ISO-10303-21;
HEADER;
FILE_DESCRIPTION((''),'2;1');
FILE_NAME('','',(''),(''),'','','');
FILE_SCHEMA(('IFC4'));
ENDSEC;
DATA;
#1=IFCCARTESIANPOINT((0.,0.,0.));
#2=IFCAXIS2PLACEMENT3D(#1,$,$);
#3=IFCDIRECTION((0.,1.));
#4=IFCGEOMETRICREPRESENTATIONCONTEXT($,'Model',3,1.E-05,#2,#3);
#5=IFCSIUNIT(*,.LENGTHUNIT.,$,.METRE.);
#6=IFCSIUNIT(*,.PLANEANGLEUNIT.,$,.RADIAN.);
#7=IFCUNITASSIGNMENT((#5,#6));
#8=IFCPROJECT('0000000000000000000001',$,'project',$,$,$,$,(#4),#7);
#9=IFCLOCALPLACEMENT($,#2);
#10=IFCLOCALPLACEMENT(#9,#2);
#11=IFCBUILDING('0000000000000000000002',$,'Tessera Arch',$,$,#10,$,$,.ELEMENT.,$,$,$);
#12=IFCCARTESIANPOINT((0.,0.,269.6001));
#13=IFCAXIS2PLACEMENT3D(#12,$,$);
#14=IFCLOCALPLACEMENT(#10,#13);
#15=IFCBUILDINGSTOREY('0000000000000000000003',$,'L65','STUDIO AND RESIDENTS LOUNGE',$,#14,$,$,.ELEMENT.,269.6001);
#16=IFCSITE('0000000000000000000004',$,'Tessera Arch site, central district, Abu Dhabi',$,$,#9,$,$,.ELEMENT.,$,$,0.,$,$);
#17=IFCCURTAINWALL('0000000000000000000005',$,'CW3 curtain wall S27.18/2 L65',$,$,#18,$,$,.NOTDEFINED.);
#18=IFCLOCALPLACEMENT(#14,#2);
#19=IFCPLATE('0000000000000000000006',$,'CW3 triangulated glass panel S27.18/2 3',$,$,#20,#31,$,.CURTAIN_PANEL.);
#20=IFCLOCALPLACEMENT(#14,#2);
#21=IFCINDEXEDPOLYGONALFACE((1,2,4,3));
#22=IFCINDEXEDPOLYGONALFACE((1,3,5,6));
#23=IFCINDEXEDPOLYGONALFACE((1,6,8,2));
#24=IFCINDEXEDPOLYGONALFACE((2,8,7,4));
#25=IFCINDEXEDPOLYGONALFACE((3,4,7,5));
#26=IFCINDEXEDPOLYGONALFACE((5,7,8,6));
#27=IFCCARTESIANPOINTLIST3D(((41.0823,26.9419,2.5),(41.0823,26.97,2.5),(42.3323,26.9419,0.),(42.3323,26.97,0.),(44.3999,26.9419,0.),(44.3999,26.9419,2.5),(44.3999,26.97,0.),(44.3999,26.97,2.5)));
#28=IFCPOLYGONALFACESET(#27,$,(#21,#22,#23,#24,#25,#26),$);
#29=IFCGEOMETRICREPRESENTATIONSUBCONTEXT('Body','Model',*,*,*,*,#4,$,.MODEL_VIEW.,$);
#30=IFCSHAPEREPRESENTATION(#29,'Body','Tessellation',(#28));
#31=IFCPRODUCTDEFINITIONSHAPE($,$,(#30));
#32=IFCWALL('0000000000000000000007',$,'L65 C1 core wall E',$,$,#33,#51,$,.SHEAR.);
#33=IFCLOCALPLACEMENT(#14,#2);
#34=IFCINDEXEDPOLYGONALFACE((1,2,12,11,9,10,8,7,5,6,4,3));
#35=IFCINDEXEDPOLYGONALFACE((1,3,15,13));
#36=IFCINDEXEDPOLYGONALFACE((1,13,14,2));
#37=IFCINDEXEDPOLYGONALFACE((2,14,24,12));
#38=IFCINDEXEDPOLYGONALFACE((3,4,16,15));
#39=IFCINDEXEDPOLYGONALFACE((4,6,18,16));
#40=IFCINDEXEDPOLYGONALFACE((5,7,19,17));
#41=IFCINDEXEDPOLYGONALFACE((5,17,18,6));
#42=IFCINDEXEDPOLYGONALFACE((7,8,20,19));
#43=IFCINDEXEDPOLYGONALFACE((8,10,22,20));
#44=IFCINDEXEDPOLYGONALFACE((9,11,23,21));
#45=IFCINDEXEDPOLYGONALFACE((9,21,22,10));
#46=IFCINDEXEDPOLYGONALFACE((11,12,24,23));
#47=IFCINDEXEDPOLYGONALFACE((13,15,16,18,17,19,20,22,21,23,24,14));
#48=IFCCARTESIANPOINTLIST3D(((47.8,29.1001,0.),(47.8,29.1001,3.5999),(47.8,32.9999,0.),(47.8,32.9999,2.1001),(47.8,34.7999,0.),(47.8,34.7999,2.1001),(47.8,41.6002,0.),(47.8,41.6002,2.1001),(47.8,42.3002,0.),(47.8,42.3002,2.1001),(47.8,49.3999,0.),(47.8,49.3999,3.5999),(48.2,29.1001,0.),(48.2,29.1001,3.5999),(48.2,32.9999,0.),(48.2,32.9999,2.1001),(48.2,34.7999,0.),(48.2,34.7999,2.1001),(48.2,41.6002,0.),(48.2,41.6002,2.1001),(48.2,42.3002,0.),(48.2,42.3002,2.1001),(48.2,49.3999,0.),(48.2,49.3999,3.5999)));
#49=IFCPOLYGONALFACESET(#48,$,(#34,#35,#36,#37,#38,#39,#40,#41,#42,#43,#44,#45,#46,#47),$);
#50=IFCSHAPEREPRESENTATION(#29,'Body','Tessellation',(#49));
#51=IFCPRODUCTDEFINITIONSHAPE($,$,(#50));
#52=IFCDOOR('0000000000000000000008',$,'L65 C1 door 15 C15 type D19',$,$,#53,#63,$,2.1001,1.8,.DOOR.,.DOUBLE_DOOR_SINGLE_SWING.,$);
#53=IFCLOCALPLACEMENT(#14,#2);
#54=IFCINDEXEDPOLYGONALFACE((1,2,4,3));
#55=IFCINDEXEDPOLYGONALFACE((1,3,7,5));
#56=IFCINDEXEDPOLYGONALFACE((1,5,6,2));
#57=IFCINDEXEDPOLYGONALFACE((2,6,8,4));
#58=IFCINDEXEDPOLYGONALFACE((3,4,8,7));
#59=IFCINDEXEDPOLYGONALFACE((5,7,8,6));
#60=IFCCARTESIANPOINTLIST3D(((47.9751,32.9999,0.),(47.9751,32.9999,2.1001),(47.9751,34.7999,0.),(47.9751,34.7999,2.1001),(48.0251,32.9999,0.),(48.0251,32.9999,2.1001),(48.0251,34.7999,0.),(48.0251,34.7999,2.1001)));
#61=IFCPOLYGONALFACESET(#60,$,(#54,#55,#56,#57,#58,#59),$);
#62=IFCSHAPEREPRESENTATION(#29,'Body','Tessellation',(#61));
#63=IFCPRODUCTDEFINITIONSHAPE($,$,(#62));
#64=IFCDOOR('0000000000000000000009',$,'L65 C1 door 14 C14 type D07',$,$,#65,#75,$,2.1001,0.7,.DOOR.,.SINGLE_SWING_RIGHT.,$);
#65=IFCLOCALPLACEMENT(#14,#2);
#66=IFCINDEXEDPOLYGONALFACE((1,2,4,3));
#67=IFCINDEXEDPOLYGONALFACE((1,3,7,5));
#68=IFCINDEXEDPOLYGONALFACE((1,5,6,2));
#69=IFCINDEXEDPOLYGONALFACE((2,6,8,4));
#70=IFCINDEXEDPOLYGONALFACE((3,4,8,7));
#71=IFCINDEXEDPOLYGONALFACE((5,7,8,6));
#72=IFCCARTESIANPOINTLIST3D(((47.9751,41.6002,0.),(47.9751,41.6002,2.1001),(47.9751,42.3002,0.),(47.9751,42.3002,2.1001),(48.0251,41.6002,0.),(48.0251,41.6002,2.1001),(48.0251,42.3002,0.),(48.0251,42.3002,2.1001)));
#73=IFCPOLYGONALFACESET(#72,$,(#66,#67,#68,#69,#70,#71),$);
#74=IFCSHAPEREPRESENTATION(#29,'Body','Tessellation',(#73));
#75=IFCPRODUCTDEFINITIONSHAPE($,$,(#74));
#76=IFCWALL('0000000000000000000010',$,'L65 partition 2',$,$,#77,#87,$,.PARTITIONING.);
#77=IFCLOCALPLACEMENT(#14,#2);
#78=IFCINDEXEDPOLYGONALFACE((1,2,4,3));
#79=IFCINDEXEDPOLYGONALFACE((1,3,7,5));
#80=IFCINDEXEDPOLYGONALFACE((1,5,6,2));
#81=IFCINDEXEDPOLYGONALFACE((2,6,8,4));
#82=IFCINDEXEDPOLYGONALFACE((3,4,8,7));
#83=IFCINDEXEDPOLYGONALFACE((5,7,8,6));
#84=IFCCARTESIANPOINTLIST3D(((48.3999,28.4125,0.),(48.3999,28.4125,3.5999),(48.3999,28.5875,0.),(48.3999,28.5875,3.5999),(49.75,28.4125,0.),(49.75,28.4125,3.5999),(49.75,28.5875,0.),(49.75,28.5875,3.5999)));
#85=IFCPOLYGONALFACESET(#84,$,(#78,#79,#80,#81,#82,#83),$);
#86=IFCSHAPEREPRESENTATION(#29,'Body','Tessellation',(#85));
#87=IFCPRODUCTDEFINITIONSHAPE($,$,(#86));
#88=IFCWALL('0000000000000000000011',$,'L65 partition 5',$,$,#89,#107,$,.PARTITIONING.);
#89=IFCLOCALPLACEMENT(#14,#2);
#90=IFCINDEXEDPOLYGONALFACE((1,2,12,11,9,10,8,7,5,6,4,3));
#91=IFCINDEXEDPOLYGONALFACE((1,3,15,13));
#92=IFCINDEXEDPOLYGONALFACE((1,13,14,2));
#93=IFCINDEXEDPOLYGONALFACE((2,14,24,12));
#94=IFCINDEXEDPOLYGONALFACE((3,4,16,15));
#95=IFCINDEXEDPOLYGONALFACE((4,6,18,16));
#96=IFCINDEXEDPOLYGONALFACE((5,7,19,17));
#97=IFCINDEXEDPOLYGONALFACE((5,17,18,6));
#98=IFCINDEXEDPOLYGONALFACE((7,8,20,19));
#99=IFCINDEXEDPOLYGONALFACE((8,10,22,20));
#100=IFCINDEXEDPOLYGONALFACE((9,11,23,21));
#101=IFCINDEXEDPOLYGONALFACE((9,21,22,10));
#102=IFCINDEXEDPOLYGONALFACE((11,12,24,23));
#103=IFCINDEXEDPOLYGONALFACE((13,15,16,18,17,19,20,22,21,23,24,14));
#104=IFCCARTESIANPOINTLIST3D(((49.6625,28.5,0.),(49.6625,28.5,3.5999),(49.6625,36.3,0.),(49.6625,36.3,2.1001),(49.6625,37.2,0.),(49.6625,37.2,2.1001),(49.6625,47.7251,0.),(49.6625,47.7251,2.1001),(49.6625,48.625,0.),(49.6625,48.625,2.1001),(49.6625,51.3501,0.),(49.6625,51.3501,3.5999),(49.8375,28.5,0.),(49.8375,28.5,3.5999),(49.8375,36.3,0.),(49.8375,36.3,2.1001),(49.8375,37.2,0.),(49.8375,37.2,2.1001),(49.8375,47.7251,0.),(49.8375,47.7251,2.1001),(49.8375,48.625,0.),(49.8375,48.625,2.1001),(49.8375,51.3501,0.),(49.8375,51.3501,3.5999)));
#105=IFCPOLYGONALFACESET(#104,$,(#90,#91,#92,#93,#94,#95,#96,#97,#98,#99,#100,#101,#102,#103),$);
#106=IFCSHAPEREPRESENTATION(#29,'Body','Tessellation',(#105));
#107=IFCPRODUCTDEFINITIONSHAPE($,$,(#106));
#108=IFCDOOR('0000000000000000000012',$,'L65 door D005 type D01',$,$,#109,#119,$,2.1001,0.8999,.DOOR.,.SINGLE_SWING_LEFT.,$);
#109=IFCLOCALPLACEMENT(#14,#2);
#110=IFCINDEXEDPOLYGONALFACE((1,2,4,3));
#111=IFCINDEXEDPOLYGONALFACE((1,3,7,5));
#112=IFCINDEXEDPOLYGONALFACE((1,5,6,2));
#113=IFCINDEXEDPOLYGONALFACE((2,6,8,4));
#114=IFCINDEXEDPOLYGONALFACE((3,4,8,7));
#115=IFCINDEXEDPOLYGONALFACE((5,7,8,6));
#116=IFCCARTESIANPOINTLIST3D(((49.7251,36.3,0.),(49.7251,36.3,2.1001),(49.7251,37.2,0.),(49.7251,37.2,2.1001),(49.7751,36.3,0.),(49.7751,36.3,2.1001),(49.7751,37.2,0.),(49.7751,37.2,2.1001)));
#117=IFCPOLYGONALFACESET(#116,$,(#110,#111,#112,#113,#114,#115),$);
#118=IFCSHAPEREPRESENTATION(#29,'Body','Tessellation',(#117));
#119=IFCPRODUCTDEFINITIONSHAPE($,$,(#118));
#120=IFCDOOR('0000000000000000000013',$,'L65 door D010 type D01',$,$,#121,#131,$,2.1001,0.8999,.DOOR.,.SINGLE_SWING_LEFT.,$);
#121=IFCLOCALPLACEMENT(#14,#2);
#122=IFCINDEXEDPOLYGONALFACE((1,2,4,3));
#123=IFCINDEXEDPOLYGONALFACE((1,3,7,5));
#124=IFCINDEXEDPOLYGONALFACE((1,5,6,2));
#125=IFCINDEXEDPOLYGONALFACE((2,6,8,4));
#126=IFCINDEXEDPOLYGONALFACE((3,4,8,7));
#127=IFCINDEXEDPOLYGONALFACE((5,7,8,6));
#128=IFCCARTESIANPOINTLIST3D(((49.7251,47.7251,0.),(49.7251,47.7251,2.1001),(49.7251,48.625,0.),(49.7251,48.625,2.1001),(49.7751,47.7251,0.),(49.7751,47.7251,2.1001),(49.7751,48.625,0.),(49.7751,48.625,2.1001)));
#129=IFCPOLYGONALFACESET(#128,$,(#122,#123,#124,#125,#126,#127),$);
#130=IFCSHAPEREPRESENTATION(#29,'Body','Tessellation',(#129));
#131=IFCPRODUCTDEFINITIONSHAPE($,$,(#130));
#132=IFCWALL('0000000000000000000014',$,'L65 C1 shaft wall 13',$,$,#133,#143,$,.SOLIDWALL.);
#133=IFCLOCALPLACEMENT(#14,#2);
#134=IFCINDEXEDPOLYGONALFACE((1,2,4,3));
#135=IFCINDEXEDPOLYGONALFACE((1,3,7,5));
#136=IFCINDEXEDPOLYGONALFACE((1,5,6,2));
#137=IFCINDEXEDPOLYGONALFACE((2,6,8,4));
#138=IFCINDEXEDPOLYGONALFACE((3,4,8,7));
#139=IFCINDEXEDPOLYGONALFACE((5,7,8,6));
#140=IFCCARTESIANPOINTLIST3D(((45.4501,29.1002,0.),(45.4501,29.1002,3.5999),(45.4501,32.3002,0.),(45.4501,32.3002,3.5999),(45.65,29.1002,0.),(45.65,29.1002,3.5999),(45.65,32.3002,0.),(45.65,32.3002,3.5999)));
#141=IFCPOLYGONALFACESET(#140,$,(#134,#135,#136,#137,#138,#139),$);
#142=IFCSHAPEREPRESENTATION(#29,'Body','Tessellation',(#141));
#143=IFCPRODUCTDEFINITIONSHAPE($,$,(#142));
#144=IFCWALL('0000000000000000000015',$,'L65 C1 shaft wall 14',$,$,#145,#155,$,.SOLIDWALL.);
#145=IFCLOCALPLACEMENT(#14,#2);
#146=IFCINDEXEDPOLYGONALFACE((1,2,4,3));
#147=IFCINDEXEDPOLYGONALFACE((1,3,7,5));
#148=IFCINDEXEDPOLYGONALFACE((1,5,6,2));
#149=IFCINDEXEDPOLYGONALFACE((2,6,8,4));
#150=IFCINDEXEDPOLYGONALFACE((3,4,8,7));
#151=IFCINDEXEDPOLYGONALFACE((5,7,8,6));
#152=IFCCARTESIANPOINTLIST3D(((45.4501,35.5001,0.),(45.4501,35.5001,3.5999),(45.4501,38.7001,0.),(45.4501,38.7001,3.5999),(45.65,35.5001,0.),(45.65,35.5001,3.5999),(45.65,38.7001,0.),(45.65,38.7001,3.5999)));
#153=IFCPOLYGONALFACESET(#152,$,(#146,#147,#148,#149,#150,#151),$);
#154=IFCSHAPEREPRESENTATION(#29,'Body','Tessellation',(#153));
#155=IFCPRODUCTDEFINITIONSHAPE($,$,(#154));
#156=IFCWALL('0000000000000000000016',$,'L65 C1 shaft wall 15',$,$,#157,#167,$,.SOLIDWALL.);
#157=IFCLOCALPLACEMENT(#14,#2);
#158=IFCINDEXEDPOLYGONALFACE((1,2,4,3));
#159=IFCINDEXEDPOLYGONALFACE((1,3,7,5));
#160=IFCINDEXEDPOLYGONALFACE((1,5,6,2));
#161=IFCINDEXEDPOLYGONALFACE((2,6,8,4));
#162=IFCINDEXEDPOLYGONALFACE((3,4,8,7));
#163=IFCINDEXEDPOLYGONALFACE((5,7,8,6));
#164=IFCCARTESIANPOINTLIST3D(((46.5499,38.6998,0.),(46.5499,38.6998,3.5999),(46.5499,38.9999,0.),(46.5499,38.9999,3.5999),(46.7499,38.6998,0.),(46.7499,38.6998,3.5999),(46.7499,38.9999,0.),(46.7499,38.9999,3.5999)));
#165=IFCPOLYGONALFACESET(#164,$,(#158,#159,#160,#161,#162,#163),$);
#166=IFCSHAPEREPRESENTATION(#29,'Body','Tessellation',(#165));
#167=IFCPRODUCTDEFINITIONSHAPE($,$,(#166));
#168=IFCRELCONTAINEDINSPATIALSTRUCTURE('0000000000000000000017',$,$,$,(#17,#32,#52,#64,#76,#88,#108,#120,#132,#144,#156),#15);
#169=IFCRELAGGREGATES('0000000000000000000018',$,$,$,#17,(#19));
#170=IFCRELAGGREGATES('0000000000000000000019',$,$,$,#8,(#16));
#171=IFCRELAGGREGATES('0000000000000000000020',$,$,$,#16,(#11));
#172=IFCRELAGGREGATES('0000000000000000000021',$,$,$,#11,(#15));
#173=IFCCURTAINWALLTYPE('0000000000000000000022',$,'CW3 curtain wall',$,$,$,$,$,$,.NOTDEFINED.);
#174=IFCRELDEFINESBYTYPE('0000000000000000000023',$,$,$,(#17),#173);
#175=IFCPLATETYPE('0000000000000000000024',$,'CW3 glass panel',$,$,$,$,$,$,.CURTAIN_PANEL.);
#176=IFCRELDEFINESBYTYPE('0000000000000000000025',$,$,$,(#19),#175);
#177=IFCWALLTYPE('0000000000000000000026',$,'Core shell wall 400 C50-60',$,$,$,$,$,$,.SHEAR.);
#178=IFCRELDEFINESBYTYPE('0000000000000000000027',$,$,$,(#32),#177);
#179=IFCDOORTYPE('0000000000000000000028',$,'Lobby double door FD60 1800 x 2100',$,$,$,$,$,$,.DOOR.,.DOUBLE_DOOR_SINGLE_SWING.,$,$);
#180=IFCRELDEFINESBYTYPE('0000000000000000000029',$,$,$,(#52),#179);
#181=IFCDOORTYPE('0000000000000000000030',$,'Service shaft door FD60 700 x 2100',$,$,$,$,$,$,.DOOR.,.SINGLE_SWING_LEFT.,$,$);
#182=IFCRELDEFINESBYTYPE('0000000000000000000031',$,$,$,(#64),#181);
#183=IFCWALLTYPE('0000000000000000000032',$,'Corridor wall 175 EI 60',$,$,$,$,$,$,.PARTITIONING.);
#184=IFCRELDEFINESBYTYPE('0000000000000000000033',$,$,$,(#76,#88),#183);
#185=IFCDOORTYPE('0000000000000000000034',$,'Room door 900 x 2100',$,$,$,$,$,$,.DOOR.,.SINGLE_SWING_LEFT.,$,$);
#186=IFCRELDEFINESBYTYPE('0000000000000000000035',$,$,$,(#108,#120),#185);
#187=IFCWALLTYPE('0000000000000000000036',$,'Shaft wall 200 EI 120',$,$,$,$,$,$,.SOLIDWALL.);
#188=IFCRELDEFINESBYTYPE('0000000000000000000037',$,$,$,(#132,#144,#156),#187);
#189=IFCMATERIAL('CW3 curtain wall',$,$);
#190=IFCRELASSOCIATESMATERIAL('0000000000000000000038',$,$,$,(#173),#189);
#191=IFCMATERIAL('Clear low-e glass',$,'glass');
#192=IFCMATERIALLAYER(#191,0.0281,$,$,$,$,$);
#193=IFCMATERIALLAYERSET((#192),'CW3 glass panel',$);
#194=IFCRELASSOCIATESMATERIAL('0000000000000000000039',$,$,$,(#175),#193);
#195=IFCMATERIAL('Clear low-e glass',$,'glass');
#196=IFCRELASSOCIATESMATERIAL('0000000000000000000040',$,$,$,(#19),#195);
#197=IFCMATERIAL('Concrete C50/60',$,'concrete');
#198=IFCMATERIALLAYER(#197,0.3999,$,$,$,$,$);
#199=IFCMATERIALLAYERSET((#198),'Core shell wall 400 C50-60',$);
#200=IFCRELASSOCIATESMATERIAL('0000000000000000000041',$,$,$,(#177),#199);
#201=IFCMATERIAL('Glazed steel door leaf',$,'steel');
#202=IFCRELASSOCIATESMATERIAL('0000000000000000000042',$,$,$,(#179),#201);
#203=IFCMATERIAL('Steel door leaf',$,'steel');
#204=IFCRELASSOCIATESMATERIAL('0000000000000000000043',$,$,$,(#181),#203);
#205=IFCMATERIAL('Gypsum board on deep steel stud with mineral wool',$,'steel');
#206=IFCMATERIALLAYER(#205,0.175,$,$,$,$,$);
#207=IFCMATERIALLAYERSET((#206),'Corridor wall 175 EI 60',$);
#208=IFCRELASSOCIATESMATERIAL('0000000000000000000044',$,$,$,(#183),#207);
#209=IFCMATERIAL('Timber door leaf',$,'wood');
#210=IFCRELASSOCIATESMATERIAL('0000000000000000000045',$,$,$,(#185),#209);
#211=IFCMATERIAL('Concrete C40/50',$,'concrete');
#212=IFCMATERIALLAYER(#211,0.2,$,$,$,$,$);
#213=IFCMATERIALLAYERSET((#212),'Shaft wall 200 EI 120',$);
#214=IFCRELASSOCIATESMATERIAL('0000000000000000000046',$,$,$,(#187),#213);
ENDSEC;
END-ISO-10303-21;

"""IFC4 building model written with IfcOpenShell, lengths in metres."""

from ifc_helpers import new_model, si_unit, direction, frame, frame_2d, origin, place, context, subcontext, project, spatial, polyline, rectangle, outline, extrude, material, layer, layer_set, type_object, element, fill, aggregate, save


model = new_model("IFC4")

# Units and contexts
model_context = context("Model", 3, precision=1e-05, world=origin(), true_north=direction((0.0, 1.0)))
body_context = subcontext(model_context, "Body", "Model", "MODEL_VIEW")
ifc_project = project(units=[si_unit("LENGTHUNIT", "METRE"), si_unit("PLANEANGLEUNIT", "RADIAN")], contexts=[model_context])

# Site, building, storey
site_placement = place(None, origin())
site = spatial("IfcSite", under=ifc_project, at=site_placement, Name="Tessera Arch site, central district, Abu Dhabi", CompositionType="ELEMENT", RefElevation=0.0)
building_placement = place(site_placement, origin())
building = spatial("IfcBuilding", under=site, at=building_placement, Name="Tessera Arch", CompositionType="ELEMENT")
storey_placement = place(building_placement, frame((0.0, 0.0, 269.6001)))
storey = spatial("IfcBuildingStorey", under=building, at=storey_placement, Name="L65", Description="STUDIO AND RESIDENTS LOUNGE", CompositionType="ELEMENT", Elevation=269.6001)

# Shared definitions
ifc_material_1 = material(Name="CW3 curtain wall")
curtain_wall_type_1 = type_object("IfcCurtainWallType", Name="CW3 curtain wall", PredefinedType="NOTDEFINED", material=ifc_material_1)

# Shared definitions
ifc_material_2 = material(Name="Clear low-e glass", Category="glass")
ifc_material_3 = material(Name="Clear low-e glass", Category="glass")
ifc_layer_1 = layer(ifc_material_3, 0.0281)
ifc_layer_set_1 = layer_set([ifc_layer_1], Name="CW3 glass panel")
plate_type_1 = type_object("IfcPlateType", Name="CW3 glass panel", PredefinedType="CURTAIN_PANEL", material=ifc_layer_set_1)

# Curtain wall, plate
curtain_wall_1_placement = place(storey_placement, origin())
curtain_wall_1 = element("IfcCurtainWall", 1, at=curtain_wall_1_placement, inside=storey, type_object=curtain_wall_type_1, Name="CW3 curtain wall S27.18/2 L65", PredefinedType="NOTDEFINED")
plate_1_placement = place(storey_placement, frame((44.3999, 26.9419, 2.5), z_axis=(0.0, -1.0, 0.0), x_axis=(-1.0, 0.0, 0.0)))
plate_1 = element("IfcPlate", 2, at=plate_1_placement, type_object=plate_type_1, material=ifc_material_2, Name="CW3 triangulated glass panel S27.18/2 3", PredefinedType="CURTAIN_PANEL", context=body_context, shape_type="SweptSolid", body=[
    extrude(outline(polyline([(0.0, 0.0), (3.3176, 0.0), (2.0676, 2.5), (0.0, 2.5), (0.0, 0.0)])), origin(), (0.0, 0.0, -1.0), 0.0281),
])
aggregate(curtain_wall_1, [plate_1])

# Wall, openings, doors
ifc_material_4 = material(Name="Concrete C50/60", Category="concrete")
ifc_layer_2 = layer(ifc_material_4, 0.3999)
ifc_layer_set_2 = layer_set([ifc_layer_2], Name="Core shell wall 400 C50-60")
wall_type_1 = type_object("IfcWallType", Name="Core shell wall 400 C50-60", PredefinedType="SHEAR", material=ifc_layer_set_2)
wall_1_placement = place(storey_placement, frame((48.0, 29.1001, 0.0), z_axis=(0.0, 0.0, 1.0), x_axis=(0.0, 1.0, 0.0)))
wall_1 = element("IfcWall", 3, at=wall_1_placement, inside=storey, type_object=wall_type_1, Name="L65 C1 core wall E", PredefinedType="SHEAR", context=body_context, shape_type="SweptSolid", body=[
    extrude(rectangle(XDim=20.2998, YDim=0.3999, at=frame_2d((10.1499, 0.0))), origin(), (0.0, 0.0, 1.0), 3.5999),
])
opening_1_placement = place(wall_1_placement, frame((12.5, 0.0, 0.0)))
opening_1 = element("IfcOpeningElement", 4, at=opening_1_placement, cuts=wall_1, PredefinedType="OPENING", context=body_context, shape_type="SweptSolid", body=[
    extrude(rectangle(XDim=0.7, YDim=2.1001, at=frame_2d((0.3501, 1.05))), frame((0.0, 0.21, 0.0), z_axis=(0.0, -1.0, 0.0), x_axis=(1.0, 0.0, 0.0)), (0.0, 0.0, 1.0), 0.4199),
])
opening_2_placement = place(wall_1_placement, frame((3.8999, 0.0, 0.0)))
opening_2 = element("IfcOpeningElement", 5, at=opening_2_placement, cuts=wall_1, PredefinedType="OPENING", context=body_context, shape_type="SweptSolid", body=[
    extrude(rectangle(XDim=1.8, YDim=2.1001, at=frame_2d((0.8999, 1.05))), frame((0.0, 0.21, 0.0), z_axis=(0.0, -1.0, 0.0), x_axis=(1.0, 0.0, 0.0)), (0.0, 0.0, 1.0), 0.4199),
])
ifc_material_5 = material(Name="Glazed steel door leaf", Category="steel")
door_type_1 = type_object("IfcDoorType", Name="Lobby double door FD60 1800 x 2100", OperationType="DOUBLE_DOOR_SINGLE_SWING", PredefinedType="DOOR", material=ifc_material_5)
door_1_placement = place(opening_2_placement, origin())
door_1 = element("IfcDoor", 6, at=door_1_placement, inside=storey, type_object=door_type_1, Name="L65 C1 door 15 C15 type D19", OperationType="DOUBLE_DOOR_SINGLE_SWING", OverallHeight=2.1001, OverallWidth=1.8, PredefinedType="DOOR", context=body_context, shape_type="SweptSolid", body=[
    extrude(rectangle(XDim=1.8, YDim=2.1001, at=frame_2d((0.8999, 1.05))), frame((0.0, 0.0249, 0.0), z_axis=(0.0, -1.0, 0.0), x_axis=(1.0, 0.0, 0.0)), (0.0, 0.0, 1.0), 0.05),
])
fill(opening_2, door_1)
ifc_material_6 = material(Name="Steel door leaf", Category="steel")
door_type_2 = type_object("IfcDoorType", Name="Service shaft door FD60 700 x 2100", OperationType="SINGLE_SWING_LEFT", PredefinedType="DOOR", material=ifc_material_6)
door_2_placement = place(opening_1_placement, origin())
door_2 = element("IfcDoor", 7, at=door_2_placement, inside=storey, type_object=door_type_2, Name="L65 C1 door 14 C14 type D07", OperationType="SINGLE_SWING_RIGHT", OverallHeight=2.1001, OverallWidth=0.7, PredefinedType="DOOR", context=body_context, shape_type="SweptSolid", body=[
    extrude(rectangle(XDim=0.7, YDim=2.1001, at=frame_2d((0.3501, 1.05))), frame((0.0, 0.0249, 0.0), z_axis=(0.0, -1.0, 0.0), x_axis=(1.0, 0.0, 0.0)), (0.0, 0.0, 1.0), 0.05),
])
fill(opening_1, door_2)

# Wall
ifc_material_7 = material(Name="Gypsum board on deep steel stud with mineral wool", Category="steel")
ifc_layer_3 = layer(ifc_material_7, 0.175)
ifc_layer_set_3 = layer_set([ifc_layer_3], Name="Corridor wall 175 EI 60")
wall_type_2 = type_object("IfcWallType", Name="Corridor wall 175 EI 60", PredefinedType="PARTITIONING", material=ifc_layer_set_3)
wall_2_placement = place(storey_placement, frame((48.3999, 28.5, 0.0), z_axis=(0.0, 0.0, 1.0), x_axis=(1.0, 0.0, 0.0)))
element("IfcWall", 8, at=wall_2_placement, inside=storey, type_object=wall_type_2, Name="L65 partition 2", PredefinedType="PARTITIONING", context=body_context, shape_type="SweptSolid", body=[
    extrude(rectangle(XDim=1.3501, YDim=0.175, at=frame_2d((0.675, 0.0))), origin(), (0.0, 0.0, 1.0), 3.5999),
])

# Wall, openings, doors
wall_3_placement = place(storey_placement, frame((49.75, 28.5, 0.0), z_axis=(0.0, 0.0, 1.0), x_axis=(0.0, 1.0, 0.0)))
wall_3 = element("IfcWall", 9, at=wall_3_placement, inside=storey, type_object=wall_type_2, Name="L65 partition 5", PredefinedType="PARTITIONING", context=body_context, shape_type="SweptSolid", body=[
    extrude(rectangle(XDim=22.8501, YDim=0.175, at=frame_2d((11.425, 0.0))), origin(), (0.0, 0.0, 1.0), 3.5999),
])
opening_3_placement = place(wall_3_placement, frame((7.8, 0.0, 0.0)))
opening_3 = element("IfcOpeningElement", 10, at=opening_3_placement, cuts=wall_3, PredefinedType="OPENING", context=body_context, shape_type="SweptSolid", body=[
    extrude(rectangle(XDim=0.8999, YDim=2.1001, at=frame_2d((0.45, 1.05))), frame((0.0, 0.0974, 0.0), z_axis=(0.0, -1.0, 0.0), x_axis=(1.0, 0.0, 0.0)), (0.0, 0.0, 1.0), 0.1951),
])
opening_4_placement = place(wall_3_placement, frame((19.2251, 0.0, 0.0)))
opening_4 = element("IfcOpeningElement", 11, at=opening_4_placement, cuts=wall_3, PredefinedType="OPENING", context=body_context, shape_type="SweptSolid", body=[
    extrude(rectangle(XDim=0.8999, YDim=2.1001, at=frame_2d((0.45, 1.05))), frame((0.0, 0.0974, 0.0), z_axis=(0.0, -1.0, 0.0), x_axis=(1.0, 0.0, 0.0)), (0.0, 0.0, 1.0), 0.1951),
])
ifc_material_8 = material(Name="Timber door leaf", Category="wood")
door_type_3 = type_object("IfcDoorType", Name="Room door 900 x 2100", OperationType="SINGLE_SWING_LEFT", PredefinedType="DOOR", material=ifc_material_8)
door_3_placement = place(opening_3_placement, origin())
door_3 = element("IfcDoor", 12, at=door_3_placement, inside=storey, type_object=door_type_3, Name="L65 door D005 type D01", OperationType="SINGLE_SWING_LEFT", OverallHeight=2.1001, OverallWidth=0.8999, PredefinedType="DOOR", context=body_context, shape_type="SweptSolid", body=[
    extrude(rectangle(XDim=0.8999, YDim=2.1001, at=frame_2d((0.45, 1.05))), frame((0.0, 0.0249, 0.0), z_axis=(0.0, -1.0, 0.0), x_axis=(1.0, 0.0, 0.0)), (0.0, 0.0, 1.0), 0.05),
])
fill(opening_3, door_3)
door_4_placement = place(opening_4_placement, origin())
door_4 = element("IfcDoor", 13, at=door_4_placement, inside=storey, type_object=door_type_3, Name="L65 door D010 type D01", OperationType="SINGLE_SWING_LEFT", OverallHeight=2.1001, OverallWidth=0.8999, PredefinedType="DOOR", context=body_context, shape_type="SweptSolid", body=[
    extrude(rectangle(XDim=0.8999, YDim=2.1001, at=frame_2d((0.45, 1.05))), frame((0.0, 0.0249, 0.0), z_axis=(0.0, -1.0, 0.0), x_axis=(1.0, 0.0, 0.0)), (0.0, 0.0, 1.0), 0.05),
])
fill(opening_4, door_4)

# Walls
ifc_material_9 = material(Name="Concrete C40/50", Category="concrete")
ifc_layer_4 = layer(ifc_material_9, 0.2)
ifc_layer_set_4 = layer_set([ifc_layer_4], Name="Shaft wall 200 EI 120")
wall_type_3 = type_object("IfcWallType", Name="Shaft wall 200 EI 120", PredefinedType="SOLIDWALL", material=ifc_layer_set_4)
for number, where, z_axis, x_axis, name in (
    (14, (45.55, 29.1001, 0.0), (0.0, 0.0, 1.0), (0.0, 1.0, 0.0), "L65 C1 shaft wall 13"),
    (15, (45.55, 35.5, 0.0), (0.0, 0.0, 1.0), (0.0, 1.0, 0.0), "L65 C1 shaft wall 14"),
):
    element("IfcWall", number, at=place(storey_placement, frame(where, z_axis=z_axis, x_axis=x_axis)), inside=storey, type_object=wall_type_3, Name=name, PredefinedType="SOLIDWALL", context=body_context, shape_type="SweptSolid", body=[
        extrude(rectangle(XDim=3.2, YDim=0.2, at=frame_2d((1.6001, 0.0))), origin(), (0.0, 0.0, 1.0), 3.5999),
    ])
wall_4_placement = place(storey_placement, frame((46.6499, 38.7, 0.0), z_axis=(0.0, 0.0, 1.0), x_axis=(0.0, 1.0, 0.0)))
element("IfcWall", 16, at=wall_4_placement, inside=storey, type_object=wall_type_3, Name="L65 C1 shaft wall 15", PredefinedType="SOLIDWALL", context=body_context, shape_type="SweptSolid", body=[
    extrude(rectangle(XDim=0.3, YDim=0.2, at=frame_2d((0.1499, 0.0))), origin(), (0.0, 0.0, 1.0), 3.5999),
])

save(model, "model.ifc")
